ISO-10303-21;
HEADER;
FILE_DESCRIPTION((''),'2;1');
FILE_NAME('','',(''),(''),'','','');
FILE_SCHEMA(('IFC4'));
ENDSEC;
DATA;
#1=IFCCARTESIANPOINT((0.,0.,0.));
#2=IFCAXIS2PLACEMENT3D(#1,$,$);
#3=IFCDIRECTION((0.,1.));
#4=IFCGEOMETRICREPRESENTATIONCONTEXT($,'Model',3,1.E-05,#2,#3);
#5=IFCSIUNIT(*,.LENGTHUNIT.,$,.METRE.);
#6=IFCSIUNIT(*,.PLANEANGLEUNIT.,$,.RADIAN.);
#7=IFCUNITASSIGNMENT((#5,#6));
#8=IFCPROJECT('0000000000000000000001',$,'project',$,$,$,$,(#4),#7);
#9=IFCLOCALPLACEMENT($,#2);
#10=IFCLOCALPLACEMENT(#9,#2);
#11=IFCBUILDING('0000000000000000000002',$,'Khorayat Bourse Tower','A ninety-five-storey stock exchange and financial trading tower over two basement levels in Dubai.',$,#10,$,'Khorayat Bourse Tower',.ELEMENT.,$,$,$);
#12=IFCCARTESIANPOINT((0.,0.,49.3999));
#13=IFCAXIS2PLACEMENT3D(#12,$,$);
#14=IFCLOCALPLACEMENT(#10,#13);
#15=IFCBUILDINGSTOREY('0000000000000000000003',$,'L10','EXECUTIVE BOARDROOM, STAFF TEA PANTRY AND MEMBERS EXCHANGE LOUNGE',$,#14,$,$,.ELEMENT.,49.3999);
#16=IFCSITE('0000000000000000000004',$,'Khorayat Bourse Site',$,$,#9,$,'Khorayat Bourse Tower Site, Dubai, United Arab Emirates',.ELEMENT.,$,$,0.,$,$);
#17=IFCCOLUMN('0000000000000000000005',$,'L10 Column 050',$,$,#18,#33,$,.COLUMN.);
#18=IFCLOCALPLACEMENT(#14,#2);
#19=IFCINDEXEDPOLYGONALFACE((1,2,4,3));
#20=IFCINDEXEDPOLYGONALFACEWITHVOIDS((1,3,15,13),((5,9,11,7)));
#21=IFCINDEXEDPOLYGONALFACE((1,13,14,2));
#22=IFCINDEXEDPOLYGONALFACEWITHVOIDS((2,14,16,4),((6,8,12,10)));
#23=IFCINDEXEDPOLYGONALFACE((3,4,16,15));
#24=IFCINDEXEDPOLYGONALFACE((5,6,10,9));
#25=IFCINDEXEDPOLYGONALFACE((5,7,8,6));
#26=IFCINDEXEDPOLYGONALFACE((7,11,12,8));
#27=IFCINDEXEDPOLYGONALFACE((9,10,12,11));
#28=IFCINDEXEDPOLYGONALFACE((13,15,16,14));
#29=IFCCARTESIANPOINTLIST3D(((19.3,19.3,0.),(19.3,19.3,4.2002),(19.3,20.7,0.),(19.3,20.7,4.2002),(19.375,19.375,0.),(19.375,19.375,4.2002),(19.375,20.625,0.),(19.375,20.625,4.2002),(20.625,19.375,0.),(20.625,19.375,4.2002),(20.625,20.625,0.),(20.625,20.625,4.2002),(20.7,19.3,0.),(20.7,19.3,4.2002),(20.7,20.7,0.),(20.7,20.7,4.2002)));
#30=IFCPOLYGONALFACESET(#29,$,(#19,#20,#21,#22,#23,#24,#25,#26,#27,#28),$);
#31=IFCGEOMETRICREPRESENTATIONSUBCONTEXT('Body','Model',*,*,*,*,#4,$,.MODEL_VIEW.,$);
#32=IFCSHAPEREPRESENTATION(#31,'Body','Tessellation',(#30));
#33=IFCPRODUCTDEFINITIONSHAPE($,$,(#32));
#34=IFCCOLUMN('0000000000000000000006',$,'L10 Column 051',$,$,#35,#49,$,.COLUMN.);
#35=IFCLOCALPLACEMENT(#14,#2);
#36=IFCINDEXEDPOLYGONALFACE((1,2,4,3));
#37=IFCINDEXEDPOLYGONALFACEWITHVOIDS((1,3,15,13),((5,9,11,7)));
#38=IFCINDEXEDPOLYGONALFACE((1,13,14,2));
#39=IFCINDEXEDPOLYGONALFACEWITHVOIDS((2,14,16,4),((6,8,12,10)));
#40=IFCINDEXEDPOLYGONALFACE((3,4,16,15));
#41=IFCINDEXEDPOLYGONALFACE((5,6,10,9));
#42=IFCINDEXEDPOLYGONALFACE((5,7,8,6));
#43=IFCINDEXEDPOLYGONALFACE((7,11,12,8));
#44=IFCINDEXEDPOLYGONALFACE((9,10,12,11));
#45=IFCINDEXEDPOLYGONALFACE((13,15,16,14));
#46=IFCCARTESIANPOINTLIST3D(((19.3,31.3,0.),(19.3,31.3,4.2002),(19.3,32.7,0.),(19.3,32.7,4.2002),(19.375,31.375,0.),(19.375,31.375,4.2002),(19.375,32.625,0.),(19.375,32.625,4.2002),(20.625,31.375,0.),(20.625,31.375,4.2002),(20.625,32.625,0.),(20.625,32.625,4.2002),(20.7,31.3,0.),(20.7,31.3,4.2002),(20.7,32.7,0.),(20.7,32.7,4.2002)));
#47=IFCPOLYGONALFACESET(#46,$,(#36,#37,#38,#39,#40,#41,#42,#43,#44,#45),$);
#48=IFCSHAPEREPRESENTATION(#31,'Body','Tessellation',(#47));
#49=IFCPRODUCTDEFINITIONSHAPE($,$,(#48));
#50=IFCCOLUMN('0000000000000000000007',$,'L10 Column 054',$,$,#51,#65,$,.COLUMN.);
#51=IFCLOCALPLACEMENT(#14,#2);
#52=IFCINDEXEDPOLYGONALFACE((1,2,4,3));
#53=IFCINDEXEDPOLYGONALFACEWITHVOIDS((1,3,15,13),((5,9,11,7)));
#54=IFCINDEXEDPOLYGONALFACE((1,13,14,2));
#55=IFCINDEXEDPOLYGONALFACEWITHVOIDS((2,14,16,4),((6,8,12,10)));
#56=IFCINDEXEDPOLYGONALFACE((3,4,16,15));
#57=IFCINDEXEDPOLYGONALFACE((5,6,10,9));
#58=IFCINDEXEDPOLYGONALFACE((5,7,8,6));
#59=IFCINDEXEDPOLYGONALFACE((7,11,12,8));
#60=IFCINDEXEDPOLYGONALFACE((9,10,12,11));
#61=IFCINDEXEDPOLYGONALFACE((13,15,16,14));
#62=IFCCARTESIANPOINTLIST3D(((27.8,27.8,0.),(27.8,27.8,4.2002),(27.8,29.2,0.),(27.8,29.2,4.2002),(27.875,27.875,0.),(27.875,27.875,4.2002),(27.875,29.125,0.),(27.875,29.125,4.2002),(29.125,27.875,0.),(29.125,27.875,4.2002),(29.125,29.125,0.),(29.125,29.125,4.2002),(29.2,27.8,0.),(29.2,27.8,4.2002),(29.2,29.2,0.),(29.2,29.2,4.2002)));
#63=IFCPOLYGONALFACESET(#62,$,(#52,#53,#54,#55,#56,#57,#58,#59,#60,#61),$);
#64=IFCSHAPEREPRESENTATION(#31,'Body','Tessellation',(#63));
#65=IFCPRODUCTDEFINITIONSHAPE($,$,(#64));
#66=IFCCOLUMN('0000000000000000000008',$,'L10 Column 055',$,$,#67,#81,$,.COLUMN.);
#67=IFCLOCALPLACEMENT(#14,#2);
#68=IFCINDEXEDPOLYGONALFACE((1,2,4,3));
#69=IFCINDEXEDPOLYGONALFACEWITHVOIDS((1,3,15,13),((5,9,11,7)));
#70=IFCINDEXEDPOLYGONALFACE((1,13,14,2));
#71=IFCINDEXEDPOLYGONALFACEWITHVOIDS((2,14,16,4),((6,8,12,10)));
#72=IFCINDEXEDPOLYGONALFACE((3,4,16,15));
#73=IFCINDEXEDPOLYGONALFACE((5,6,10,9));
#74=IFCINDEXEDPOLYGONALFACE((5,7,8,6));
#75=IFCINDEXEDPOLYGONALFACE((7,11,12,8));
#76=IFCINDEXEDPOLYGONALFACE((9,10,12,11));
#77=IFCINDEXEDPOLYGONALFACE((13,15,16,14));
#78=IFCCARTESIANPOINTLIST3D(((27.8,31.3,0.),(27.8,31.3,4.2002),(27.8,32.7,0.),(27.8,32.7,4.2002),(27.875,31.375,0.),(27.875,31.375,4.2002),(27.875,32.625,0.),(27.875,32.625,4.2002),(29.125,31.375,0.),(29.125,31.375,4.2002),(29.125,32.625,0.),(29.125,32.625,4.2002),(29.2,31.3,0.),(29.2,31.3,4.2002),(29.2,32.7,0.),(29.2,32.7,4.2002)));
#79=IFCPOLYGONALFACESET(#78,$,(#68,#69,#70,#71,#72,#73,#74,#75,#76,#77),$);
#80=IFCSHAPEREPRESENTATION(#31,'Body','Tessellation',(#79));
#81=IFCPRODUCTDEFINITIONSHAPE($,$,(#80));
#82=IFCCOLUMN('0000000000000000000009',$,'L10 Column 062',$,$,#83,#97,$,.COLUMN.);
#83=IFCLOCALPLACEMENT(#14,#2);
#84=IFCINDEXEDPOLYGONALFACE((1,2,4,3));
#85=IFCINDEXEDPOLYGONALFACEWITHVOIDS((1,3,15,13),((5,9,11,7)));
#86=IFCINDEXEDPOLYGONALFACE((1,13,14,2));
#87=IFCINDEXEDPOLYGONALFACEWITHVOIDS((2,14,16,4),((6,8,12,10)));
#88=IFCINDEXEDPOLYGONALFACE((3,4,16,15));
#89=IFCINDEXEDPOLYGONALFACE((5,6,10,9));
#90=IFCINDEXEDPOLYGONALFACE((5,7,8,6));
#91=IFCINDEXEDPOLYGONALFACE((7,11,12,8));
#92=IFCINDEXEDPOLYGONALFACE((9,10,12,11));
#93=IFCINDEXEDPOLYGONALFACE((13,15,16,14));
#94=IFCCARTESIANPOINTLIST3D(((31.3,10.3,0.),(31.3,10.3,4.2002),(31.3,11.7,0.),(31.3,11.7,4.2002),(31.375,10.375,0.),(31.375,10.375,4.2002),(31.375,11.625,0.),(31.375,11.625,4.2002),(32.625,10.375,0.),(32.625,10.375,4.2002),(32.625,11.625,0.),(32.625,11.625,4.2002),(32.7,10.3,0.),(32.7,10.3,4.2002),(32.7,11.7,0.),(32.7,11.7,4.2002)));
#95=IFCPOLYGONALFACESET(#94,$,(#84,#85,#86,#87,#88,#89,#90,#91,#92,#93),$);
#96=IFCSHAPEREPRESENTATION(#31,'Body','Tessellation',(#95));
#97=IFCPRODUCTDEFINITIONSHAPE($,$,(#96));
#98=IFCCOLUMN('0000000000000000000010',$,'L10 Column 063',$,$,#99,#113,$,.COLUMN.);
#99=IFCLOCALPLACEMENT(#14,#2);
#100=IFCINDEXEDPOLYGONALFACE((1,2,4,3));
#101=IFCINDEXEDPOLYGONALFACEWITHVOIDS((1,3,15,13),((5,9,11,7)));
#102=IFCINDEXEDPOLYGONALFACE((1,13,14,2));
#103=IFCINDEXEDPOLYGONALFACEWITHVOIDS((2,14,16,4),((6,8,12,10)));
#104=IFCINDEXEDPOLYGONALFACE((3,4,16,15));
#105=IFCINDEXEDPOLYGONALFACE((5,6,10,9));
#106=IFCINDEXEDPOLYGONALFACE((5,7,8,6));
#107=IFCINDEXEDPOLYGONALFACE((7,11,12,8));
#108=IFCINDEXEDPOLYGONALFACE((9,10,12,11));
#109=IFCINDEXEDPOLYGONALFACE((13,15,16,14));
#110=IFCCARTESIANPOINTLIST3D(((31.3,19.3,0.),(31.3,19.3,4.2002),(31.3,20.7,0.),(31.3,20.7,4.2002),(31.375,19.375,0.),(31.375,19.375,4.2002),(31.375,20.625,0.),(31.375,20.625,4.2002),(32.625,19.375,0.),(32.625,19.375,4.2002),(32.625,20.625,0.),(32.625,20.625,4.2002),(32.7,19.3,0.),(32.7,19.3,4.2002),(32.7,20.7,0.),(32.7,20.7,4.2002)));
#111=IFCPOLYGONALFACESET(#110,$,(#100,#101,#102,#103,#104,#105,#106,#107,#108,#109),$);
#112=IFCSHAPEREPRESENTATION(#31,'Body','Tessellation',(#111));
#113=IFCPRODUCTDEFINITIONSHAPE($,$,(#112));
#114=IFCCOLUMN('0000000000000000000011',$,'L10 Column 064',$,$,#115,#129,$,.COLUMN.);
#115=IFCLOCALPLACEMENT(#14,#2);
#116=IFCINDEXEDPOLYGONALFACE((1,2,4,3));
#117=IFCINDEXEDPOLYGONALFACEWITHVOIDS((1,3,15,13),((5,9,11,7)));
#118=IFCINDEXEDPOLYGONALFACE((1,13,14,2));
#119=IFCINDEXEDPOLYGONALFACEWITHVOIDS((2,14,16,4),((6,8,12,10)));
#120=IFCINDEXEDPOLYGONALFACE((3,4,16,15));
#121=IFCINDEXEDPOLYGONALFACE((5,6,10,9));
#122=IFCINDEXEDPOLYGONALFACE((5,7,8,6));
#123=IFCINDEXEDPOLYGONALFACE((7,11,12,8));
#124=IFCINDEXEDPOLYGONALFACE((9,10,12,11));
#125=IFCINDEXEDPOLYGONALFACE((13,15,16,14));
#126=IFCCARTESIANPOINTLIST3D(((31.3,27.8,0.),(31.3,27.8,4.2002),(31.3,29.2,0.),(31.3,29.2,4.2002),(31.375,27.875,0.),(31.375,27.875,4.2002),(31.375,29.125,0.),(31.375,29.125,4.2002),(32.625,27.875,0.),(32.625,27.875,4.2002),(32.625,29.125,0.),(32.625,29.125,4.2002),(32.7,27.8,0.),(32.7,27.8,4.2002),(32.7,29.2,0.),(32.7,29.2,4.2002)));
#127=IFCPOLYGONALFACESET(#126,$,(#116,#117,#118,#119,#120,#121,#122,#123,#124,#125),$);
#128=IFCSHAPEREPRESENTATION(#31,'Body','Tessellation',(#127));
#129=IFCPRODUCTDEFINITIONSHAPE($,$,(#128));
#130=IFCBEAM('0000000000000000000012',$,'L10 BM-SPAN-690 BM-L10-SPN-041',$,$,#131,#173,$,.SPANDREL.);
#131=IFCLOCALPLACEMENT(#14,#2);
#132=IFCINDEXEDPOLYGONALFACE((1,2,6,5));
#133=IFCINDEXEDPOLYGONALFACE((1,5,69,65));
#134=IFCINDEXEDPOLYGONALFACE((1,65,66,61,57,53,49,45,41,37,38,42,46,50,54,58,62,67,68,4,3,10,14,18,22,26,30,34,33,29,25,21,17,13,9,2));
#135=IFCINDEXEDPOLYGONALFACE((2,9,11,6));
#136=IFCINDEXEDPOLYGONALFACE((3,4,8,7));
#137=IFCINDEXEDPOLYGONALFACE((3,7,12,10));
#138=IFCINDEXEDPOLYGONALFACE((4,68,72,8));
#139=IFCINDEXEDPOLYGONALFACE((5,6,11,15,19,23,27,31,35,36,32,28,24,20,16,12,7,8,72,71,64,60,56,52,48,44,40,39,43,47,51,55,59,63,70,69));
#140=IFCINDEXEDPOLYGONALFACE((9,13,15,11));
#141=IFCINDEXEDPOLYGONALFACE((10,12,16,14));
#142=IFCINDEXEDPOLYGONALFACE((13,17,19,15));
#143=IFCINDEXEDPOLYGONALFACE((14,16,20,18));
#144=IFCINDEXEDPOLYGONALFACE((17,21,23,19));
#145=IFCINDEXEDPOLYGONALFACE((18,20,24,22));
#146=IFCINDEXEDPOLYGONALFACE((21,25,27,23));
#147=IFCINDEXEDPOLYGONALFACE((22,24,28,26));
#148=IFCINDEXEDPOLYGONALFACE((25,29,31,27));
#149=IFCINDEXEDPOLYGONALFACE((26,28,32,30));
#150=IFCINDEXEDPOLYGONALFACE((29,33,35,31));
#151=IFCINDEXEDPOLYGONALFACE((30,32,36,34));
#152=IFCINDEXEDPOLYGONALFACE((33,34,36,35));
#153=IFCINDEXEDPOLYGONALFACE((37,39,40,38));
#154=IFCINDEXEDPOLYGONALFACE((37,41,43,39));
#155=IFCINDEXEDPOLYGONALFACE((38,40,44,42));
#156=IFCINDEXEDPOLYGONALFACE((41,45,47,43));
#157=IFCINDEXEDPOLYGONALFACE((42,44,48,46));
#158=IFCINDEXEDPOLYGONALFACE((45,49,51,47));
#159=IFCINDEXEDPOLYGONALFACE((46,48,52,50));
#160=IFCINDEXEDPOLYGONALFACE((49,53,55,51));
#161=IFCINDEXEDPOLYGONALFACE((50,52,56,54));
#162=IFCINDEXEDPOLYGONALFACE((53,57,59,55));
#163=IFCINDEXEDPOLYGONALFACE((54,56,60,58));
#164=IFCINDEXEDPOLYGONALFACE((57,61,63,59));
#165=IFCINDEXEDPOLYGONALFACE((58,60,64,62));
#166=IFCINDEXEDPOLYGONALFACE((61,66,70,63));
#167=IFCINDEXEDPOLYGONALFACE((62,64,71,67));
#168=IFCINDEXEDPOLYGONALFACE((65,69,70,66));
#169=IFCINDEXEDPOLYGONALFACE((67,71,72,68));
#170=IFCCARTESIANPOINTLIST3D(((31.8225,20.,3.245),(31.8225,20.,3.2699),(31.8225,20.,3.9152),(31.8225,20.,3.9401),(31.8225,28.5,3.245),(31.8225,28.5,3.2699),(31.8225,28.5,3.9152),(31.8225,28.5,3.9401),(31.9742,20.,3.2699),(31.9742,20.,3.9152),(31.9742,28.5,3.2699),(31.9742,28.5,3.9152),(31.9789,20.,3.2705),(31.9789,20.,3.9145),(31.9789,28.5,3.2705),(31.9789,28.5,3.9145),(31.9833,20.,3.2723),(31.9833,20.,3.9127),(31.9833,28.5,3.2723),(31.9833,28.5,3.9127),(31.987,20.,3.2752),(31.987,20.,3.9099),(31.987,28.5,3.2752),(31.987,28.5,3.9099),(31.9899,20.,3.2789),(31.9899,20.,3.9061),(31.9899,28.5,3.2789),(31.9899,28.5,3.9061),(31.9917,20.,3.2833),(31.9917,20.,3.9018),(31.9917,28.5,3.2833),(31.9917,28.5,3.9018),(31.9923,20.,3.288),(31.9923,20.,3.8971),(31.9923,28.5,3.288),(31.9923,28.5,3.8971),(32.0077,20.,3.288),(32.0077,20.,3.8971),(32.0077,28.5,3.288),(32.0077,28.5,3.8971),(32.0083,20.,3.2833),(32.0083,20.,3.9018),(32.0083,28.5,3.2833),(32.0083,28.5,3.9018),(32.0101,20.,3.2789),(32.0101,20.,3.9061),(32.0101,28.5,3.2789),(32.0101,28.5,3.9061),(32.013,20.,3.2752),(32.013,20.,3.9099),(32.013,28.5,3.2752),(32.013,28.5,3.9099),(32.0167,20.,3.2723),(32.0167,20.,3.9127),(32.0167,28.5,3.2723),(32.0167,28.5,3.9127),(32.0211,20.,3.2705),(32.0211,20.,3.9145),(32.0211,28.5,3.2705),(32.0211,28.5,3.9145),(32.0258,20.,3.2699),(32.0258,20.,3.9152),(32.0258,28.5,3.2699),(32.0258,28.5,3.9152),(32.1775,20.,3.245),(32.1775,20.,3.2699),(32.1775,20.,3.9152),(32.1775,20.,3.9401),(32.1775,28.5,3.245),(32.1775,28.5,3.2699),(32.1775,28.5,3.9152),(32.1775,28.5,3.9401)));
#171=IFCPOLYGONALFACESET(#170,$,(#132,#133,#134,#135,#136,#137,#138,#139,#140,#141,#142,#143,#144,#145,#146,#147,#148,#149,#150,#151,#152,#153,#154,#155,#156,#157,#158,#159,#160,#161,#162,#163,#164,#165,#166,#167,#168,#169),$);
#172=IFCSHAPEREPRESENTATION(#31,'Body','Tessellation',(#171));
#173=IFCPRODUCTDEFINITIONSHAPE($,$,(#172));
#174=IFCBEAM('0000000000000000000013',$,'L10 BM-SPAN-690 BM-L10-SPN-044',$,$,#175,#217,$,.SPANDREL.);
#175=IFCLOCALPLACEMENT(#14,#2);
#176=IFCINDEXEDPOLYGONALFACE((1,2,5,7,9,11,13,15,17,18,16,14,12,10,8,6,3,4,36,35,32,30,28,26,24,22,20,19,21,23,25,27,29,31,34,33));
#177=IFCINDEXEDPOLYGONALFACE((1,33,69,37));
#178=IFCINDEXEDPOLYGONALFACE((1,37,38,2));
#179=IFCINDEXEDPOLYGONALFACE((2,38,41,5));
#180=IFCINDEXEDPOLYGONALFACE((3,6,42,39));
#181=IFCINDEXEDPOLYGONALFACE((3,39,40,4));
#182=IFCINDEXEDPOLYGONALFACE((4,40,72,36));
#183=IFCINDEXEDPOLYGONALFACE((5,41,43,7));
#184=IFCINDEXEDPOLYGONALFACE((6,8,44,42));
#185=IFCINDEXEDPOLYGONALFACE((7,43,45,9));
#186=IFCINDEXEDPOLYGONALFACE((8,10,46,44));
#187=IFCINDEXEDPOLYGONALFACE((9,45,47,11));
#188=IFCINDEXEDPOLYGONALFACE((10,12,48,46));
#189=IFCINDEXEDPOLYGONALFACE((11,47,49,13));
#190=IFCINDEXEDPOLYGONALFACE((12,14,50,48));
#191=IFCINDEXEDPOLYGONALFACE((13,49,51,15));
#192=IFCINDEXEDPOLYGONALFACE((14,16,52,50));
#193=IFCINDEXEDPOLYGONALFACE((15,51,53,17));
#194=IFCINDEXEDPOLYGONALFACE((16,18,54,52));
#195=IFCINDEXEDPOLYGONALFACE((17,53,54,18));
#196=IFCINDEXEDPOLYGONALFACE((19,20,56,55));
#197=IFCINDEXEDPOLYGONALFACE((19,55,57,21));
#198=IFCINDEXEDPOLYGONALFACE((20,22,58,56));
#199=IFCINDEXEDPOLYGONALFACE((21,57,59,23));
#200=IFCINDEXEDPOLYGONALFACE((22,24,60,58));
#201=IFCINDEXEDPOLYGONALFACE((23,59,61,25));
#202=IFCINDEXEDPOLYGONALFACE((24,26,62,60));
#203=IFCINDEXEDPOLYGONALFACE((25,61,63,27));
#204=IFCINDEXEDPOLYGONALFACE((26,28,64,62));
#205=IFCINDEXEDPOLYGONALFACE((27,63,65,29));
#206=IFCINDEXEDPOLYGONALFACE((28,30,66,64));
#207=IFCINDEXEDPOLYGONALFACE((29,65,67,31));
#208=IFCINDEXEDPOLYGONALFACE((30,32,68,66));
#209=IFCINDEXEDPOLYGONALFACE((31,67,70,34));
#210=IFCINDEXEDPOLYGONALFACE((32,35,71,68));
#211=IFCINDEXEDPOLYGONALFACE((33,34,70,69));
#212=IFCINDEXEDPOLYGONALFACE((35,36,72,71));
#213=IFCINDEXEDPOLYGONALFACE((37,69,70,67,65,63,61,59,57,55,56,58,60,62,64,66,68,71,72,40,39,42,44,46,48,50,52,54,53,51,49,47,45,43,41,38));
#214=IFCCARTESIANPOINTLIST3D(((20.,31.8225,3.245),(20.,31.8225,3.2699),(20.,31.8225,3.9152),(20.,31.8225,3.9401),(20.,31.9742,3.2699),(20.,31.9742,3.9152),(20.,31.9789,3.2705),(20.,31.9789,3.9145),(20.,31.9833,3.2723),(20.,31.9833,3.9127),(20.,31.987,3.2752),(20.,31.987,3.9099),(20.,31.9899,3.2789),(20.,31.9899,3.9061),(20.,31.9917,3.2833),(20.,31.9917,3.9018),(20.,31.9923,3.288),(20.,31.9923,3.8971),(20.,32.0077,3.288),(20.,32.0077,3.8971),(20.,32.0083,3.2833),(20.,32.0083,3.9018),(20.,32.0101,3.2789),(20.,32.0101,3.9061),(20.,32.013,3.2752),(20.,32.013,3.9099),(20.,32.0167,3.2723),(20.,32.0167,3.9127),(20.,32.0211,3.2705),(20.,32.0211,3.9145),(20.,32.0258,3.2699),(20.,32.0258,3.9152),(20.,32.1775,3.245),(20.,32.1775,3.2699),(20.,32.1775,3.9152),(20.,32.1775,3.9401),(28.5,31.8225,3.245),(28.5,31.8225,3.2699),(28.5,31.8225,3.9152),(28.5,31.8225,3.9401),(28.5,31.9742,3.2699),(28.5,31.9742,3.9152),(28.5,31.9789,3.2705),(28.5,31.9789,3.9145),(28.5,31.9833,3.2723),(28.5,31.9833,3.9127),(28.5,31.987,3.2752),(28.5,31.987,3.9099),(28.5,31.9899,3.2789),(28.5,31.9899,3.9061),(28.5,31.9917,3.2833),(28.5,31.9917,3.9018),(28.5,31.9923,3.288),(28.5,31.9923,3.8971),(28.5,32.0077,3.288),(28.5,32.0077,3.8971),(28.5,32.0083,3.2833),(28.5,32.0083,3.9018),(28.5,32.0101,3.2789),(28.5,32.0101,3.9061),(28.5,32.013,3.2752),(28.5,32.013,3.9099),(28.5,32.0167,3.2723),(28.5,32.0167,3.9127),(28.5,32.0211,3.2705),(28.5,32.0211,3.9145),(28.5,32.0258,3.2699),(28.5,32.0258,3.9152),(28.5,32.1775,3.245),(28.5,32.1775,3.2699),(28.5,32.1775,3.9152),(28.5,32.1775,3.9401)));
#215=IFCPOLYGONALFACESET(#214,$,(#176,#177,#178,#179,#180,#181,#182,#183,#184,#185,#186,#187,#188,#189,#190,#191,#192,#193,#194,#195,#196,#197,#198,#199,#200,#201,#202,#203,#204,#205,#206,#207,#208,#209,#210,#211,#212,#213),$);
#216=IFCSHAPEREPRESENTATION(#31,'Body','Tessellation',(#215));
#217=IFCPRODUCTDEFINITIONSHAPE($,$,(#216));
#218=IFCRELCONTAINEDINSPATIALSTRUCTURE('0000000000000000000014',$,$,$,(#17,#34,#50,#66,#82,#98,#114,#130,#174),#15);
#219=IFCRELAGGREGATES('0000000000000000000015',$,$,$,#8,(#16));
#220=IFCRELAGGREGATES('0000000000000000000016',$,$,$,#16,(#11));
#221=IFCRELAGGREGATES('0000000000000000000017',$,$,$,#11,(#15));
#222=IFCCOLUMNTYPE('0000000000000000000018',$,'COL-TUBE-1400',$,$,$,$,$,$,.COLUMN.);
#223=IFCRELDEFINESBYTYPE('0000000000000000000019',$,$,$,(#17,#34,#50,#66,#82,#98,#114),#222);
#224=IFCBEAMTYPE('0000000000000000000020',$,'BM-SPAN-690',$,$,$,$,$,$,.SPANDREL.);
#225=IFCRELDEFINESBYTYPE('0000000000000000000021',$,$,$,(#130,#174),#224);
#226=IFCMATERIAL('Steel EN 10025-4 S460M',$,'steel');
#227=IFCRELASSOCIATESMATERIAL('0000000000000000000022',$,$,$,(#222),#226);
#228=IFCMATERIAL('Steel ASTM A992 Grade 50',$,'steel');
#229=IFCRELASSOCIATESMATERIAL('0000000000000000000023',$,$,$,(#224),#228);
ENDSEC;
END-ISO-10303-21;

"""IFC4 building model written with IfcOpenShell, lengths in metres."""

from ifc_helpers import new_model, si_unit, direction, frame, origin, origin_2d, place, context, subcontext, project, spatial, hollow_rectangle, i_section, extrude, source, transform, mapped, material, material_profile, profile_set, type_object, element, save


model = new_model("IFC4")

# Units and contexts
model_context = context("Model", 3, precision=1e-05, world=origin(), true_north=direction((0.0, 1.0)))
body_context = subcontext(model_context, "Body", "Model", "MODEL_VIEW")
ifc_project = project(units=[si_unit("LENGTHUNIT", "METRE"), si_unit("PLANEANGLEUNIT", "RADIAN")], contexts=[model_context])

# Site, building, storey
site_placement = place(None, origin())
site = spatial("IfcSite", under=ifc_project, at=site_placement, Name="Khorayat Bourse Site", LongName="Khorayat Bourse Tower Site, Dubai, United Arab Emirates", CompositionType="ELEMENT", RefElevation=0.0)
building_placement = place(site_placement, origin())
building = spatial("IfcBuilding", under=site, at=building_placement, Name="Khorayat Bourse Tower", Description="A ninety-five-storey stock exchange and financial trading tower over two basement levels in Dubai.", LongName="Khorayat Bourse Tower", CompositionType="ELEMENT")
storey_placement = place(building_placement, frame((0.0, 0.0, 49.3999)))
storey = spatial("IfcBuildingStorey", under=building, at=storey_placement, Name="L10", Description="EXECUTIVE BOARDROOM, STAFF TEA PANTRY AND MEMBERS EXCHANGE LOUNGE", CompositionType="ELEMENT", Elevation=49.3999)

# Columns
ifc_material_1 = material(Name="Steel EN 10025-4 S460M", Category="steel")
ifc_material_profile_1 = material_profile(ifc_material_1, hollow_rectangle(XDim=1.3999, YDim=1.3999, WallThickness=0.075, at=origin_2d()), Name="BOX 1400x1400x75")
ifc_profile_set_1 = profile_set([ifc_material_profile_1], Name="Steel EN 10025-4 S460M")
column_type = type_object("IfcColumnType", Name="COL-TUBE-1400", PredefinedType="COLUMN", material=ifc_profile_set_1)
shared_shape_1 = source(origin(), body_context, "Body", "SweptSolid", [
    extrude(hollow_rectangle(XDim=1.3999, YDim=1.3999, WallThickness=0.075, at=origin_2d()), origin(), (0.0, 0.0, 1.0), 4.2002),
])
for number, where, z_axis, x_axis, name in (
    (1, (20.0, 20.0, 0.0), (0.0, 0.0, 1.0), (1.0, 0.0, 0.0), "L10 Column 050"),
    (2, (20.0, 32.0, 0.0), (0.0, 0.0, 1.0), (1.0, 0.0, 0.0), "L10 Column 051"),
    (3, (28.5, 28.5, 0.0), (0.0, 0.0, 1.0), (1.0, 0.0, 0.0), "L10 Column 054"),
    (4, (28.5, 32.0, 0.0), (0.0, 0.0, 1.0), (1.0, 0.0, 0.0), "L10 Column 055"),
    (5, (32.0, 11.0, 0.0), (0.0, 0.0, 1.0), (1.0, 0.0, 0.0), "L10 Column 062"),
    (6, (32.0, 20.0, 0.0), (0.0, 0.0, 1.0), (1.0, 0.0, 0.0), "L10 Column 063"),
    (7, (32.0, 28.5, 0.0), (0.0, 0.0, 1.0), (1.0, 0.0, 0.0), "L10 Column 064"),
):
    element("IfcColumn", number, at=place(storey_placement, frame(where, z_axis=z_axis, x_axis=x_axis)), inside=storey, type_object=column_type, Name=name, PredefinedType="COLUMN", context=body_context, shape_type="MappedRepresentation", body=[
        mapped(shared_shape_1, transform((0.0, 0.0, 0.0), scale=1.0)),
    ])

# Beams
ifc_material_2 = material(Name="Steel ASTM A992 Grade 50", Category="steel")
ifc_material_profile_2 = material_profile(ifc_material_2, i_section(OverallWidth=0.355, OverallDepth=0.6951, WebThickness=0.0154, FlangeThickness=0.0249, FilletRadius=0.0181, at=origin_2d()), Name="W690X217")
ifc_profile_set_2 = profile_set([ifc_material_profile_2], Name="Steel ASTM A992 Grade 50")
beam_type_1 = type_object("IfcBeamType", Name="BM-SPAN-690", PredefinedType="SPANDREL", material=ifc_profile_set_2)
shared_shape_2 = source(origin(), body_context, "Body", "SweptSolid", [
    extrude(i_section(OverallWidth=0.355, OverallDepth=0.6951, WebThickness=0.0154, FlangeThickness=0.0249, FilletRadius=0.0181, at=origin_2d()), origin(), (0.0, 0.0, 1.0), 8.5),
])
for number, where, z_axis, x_axis, name in (
    (8, (32.0, 20.0, 3.5925), (0.0, 1.0, 0.0), (-1.0, 0.0, 0.0), "L10 BM-SPAN-690 BM-L10-SPN-041"),
    (9, (20.0, 32.0, 3.5925), (1.0, 0.0, 0.0), (0.0, 1.0, 0.0), "L10 BM-SPAN-690 BM-L10-SPN-044"),
):
    element("IfcBeam", number, at=place(storey_placement, frame(where, z_axis=z_axis, x_axis=x_axis)), inside=storey, type_object=beam_type_1, Name=name, PredefinedType="SPANDREL", context=body_context, shape_type="MappedRepresentation", body=[
        mapped(shared_shape_2, transform((0.0, 0.0, 0.0), scale=1.0)),
    ])

save(model, "model.ifc")
